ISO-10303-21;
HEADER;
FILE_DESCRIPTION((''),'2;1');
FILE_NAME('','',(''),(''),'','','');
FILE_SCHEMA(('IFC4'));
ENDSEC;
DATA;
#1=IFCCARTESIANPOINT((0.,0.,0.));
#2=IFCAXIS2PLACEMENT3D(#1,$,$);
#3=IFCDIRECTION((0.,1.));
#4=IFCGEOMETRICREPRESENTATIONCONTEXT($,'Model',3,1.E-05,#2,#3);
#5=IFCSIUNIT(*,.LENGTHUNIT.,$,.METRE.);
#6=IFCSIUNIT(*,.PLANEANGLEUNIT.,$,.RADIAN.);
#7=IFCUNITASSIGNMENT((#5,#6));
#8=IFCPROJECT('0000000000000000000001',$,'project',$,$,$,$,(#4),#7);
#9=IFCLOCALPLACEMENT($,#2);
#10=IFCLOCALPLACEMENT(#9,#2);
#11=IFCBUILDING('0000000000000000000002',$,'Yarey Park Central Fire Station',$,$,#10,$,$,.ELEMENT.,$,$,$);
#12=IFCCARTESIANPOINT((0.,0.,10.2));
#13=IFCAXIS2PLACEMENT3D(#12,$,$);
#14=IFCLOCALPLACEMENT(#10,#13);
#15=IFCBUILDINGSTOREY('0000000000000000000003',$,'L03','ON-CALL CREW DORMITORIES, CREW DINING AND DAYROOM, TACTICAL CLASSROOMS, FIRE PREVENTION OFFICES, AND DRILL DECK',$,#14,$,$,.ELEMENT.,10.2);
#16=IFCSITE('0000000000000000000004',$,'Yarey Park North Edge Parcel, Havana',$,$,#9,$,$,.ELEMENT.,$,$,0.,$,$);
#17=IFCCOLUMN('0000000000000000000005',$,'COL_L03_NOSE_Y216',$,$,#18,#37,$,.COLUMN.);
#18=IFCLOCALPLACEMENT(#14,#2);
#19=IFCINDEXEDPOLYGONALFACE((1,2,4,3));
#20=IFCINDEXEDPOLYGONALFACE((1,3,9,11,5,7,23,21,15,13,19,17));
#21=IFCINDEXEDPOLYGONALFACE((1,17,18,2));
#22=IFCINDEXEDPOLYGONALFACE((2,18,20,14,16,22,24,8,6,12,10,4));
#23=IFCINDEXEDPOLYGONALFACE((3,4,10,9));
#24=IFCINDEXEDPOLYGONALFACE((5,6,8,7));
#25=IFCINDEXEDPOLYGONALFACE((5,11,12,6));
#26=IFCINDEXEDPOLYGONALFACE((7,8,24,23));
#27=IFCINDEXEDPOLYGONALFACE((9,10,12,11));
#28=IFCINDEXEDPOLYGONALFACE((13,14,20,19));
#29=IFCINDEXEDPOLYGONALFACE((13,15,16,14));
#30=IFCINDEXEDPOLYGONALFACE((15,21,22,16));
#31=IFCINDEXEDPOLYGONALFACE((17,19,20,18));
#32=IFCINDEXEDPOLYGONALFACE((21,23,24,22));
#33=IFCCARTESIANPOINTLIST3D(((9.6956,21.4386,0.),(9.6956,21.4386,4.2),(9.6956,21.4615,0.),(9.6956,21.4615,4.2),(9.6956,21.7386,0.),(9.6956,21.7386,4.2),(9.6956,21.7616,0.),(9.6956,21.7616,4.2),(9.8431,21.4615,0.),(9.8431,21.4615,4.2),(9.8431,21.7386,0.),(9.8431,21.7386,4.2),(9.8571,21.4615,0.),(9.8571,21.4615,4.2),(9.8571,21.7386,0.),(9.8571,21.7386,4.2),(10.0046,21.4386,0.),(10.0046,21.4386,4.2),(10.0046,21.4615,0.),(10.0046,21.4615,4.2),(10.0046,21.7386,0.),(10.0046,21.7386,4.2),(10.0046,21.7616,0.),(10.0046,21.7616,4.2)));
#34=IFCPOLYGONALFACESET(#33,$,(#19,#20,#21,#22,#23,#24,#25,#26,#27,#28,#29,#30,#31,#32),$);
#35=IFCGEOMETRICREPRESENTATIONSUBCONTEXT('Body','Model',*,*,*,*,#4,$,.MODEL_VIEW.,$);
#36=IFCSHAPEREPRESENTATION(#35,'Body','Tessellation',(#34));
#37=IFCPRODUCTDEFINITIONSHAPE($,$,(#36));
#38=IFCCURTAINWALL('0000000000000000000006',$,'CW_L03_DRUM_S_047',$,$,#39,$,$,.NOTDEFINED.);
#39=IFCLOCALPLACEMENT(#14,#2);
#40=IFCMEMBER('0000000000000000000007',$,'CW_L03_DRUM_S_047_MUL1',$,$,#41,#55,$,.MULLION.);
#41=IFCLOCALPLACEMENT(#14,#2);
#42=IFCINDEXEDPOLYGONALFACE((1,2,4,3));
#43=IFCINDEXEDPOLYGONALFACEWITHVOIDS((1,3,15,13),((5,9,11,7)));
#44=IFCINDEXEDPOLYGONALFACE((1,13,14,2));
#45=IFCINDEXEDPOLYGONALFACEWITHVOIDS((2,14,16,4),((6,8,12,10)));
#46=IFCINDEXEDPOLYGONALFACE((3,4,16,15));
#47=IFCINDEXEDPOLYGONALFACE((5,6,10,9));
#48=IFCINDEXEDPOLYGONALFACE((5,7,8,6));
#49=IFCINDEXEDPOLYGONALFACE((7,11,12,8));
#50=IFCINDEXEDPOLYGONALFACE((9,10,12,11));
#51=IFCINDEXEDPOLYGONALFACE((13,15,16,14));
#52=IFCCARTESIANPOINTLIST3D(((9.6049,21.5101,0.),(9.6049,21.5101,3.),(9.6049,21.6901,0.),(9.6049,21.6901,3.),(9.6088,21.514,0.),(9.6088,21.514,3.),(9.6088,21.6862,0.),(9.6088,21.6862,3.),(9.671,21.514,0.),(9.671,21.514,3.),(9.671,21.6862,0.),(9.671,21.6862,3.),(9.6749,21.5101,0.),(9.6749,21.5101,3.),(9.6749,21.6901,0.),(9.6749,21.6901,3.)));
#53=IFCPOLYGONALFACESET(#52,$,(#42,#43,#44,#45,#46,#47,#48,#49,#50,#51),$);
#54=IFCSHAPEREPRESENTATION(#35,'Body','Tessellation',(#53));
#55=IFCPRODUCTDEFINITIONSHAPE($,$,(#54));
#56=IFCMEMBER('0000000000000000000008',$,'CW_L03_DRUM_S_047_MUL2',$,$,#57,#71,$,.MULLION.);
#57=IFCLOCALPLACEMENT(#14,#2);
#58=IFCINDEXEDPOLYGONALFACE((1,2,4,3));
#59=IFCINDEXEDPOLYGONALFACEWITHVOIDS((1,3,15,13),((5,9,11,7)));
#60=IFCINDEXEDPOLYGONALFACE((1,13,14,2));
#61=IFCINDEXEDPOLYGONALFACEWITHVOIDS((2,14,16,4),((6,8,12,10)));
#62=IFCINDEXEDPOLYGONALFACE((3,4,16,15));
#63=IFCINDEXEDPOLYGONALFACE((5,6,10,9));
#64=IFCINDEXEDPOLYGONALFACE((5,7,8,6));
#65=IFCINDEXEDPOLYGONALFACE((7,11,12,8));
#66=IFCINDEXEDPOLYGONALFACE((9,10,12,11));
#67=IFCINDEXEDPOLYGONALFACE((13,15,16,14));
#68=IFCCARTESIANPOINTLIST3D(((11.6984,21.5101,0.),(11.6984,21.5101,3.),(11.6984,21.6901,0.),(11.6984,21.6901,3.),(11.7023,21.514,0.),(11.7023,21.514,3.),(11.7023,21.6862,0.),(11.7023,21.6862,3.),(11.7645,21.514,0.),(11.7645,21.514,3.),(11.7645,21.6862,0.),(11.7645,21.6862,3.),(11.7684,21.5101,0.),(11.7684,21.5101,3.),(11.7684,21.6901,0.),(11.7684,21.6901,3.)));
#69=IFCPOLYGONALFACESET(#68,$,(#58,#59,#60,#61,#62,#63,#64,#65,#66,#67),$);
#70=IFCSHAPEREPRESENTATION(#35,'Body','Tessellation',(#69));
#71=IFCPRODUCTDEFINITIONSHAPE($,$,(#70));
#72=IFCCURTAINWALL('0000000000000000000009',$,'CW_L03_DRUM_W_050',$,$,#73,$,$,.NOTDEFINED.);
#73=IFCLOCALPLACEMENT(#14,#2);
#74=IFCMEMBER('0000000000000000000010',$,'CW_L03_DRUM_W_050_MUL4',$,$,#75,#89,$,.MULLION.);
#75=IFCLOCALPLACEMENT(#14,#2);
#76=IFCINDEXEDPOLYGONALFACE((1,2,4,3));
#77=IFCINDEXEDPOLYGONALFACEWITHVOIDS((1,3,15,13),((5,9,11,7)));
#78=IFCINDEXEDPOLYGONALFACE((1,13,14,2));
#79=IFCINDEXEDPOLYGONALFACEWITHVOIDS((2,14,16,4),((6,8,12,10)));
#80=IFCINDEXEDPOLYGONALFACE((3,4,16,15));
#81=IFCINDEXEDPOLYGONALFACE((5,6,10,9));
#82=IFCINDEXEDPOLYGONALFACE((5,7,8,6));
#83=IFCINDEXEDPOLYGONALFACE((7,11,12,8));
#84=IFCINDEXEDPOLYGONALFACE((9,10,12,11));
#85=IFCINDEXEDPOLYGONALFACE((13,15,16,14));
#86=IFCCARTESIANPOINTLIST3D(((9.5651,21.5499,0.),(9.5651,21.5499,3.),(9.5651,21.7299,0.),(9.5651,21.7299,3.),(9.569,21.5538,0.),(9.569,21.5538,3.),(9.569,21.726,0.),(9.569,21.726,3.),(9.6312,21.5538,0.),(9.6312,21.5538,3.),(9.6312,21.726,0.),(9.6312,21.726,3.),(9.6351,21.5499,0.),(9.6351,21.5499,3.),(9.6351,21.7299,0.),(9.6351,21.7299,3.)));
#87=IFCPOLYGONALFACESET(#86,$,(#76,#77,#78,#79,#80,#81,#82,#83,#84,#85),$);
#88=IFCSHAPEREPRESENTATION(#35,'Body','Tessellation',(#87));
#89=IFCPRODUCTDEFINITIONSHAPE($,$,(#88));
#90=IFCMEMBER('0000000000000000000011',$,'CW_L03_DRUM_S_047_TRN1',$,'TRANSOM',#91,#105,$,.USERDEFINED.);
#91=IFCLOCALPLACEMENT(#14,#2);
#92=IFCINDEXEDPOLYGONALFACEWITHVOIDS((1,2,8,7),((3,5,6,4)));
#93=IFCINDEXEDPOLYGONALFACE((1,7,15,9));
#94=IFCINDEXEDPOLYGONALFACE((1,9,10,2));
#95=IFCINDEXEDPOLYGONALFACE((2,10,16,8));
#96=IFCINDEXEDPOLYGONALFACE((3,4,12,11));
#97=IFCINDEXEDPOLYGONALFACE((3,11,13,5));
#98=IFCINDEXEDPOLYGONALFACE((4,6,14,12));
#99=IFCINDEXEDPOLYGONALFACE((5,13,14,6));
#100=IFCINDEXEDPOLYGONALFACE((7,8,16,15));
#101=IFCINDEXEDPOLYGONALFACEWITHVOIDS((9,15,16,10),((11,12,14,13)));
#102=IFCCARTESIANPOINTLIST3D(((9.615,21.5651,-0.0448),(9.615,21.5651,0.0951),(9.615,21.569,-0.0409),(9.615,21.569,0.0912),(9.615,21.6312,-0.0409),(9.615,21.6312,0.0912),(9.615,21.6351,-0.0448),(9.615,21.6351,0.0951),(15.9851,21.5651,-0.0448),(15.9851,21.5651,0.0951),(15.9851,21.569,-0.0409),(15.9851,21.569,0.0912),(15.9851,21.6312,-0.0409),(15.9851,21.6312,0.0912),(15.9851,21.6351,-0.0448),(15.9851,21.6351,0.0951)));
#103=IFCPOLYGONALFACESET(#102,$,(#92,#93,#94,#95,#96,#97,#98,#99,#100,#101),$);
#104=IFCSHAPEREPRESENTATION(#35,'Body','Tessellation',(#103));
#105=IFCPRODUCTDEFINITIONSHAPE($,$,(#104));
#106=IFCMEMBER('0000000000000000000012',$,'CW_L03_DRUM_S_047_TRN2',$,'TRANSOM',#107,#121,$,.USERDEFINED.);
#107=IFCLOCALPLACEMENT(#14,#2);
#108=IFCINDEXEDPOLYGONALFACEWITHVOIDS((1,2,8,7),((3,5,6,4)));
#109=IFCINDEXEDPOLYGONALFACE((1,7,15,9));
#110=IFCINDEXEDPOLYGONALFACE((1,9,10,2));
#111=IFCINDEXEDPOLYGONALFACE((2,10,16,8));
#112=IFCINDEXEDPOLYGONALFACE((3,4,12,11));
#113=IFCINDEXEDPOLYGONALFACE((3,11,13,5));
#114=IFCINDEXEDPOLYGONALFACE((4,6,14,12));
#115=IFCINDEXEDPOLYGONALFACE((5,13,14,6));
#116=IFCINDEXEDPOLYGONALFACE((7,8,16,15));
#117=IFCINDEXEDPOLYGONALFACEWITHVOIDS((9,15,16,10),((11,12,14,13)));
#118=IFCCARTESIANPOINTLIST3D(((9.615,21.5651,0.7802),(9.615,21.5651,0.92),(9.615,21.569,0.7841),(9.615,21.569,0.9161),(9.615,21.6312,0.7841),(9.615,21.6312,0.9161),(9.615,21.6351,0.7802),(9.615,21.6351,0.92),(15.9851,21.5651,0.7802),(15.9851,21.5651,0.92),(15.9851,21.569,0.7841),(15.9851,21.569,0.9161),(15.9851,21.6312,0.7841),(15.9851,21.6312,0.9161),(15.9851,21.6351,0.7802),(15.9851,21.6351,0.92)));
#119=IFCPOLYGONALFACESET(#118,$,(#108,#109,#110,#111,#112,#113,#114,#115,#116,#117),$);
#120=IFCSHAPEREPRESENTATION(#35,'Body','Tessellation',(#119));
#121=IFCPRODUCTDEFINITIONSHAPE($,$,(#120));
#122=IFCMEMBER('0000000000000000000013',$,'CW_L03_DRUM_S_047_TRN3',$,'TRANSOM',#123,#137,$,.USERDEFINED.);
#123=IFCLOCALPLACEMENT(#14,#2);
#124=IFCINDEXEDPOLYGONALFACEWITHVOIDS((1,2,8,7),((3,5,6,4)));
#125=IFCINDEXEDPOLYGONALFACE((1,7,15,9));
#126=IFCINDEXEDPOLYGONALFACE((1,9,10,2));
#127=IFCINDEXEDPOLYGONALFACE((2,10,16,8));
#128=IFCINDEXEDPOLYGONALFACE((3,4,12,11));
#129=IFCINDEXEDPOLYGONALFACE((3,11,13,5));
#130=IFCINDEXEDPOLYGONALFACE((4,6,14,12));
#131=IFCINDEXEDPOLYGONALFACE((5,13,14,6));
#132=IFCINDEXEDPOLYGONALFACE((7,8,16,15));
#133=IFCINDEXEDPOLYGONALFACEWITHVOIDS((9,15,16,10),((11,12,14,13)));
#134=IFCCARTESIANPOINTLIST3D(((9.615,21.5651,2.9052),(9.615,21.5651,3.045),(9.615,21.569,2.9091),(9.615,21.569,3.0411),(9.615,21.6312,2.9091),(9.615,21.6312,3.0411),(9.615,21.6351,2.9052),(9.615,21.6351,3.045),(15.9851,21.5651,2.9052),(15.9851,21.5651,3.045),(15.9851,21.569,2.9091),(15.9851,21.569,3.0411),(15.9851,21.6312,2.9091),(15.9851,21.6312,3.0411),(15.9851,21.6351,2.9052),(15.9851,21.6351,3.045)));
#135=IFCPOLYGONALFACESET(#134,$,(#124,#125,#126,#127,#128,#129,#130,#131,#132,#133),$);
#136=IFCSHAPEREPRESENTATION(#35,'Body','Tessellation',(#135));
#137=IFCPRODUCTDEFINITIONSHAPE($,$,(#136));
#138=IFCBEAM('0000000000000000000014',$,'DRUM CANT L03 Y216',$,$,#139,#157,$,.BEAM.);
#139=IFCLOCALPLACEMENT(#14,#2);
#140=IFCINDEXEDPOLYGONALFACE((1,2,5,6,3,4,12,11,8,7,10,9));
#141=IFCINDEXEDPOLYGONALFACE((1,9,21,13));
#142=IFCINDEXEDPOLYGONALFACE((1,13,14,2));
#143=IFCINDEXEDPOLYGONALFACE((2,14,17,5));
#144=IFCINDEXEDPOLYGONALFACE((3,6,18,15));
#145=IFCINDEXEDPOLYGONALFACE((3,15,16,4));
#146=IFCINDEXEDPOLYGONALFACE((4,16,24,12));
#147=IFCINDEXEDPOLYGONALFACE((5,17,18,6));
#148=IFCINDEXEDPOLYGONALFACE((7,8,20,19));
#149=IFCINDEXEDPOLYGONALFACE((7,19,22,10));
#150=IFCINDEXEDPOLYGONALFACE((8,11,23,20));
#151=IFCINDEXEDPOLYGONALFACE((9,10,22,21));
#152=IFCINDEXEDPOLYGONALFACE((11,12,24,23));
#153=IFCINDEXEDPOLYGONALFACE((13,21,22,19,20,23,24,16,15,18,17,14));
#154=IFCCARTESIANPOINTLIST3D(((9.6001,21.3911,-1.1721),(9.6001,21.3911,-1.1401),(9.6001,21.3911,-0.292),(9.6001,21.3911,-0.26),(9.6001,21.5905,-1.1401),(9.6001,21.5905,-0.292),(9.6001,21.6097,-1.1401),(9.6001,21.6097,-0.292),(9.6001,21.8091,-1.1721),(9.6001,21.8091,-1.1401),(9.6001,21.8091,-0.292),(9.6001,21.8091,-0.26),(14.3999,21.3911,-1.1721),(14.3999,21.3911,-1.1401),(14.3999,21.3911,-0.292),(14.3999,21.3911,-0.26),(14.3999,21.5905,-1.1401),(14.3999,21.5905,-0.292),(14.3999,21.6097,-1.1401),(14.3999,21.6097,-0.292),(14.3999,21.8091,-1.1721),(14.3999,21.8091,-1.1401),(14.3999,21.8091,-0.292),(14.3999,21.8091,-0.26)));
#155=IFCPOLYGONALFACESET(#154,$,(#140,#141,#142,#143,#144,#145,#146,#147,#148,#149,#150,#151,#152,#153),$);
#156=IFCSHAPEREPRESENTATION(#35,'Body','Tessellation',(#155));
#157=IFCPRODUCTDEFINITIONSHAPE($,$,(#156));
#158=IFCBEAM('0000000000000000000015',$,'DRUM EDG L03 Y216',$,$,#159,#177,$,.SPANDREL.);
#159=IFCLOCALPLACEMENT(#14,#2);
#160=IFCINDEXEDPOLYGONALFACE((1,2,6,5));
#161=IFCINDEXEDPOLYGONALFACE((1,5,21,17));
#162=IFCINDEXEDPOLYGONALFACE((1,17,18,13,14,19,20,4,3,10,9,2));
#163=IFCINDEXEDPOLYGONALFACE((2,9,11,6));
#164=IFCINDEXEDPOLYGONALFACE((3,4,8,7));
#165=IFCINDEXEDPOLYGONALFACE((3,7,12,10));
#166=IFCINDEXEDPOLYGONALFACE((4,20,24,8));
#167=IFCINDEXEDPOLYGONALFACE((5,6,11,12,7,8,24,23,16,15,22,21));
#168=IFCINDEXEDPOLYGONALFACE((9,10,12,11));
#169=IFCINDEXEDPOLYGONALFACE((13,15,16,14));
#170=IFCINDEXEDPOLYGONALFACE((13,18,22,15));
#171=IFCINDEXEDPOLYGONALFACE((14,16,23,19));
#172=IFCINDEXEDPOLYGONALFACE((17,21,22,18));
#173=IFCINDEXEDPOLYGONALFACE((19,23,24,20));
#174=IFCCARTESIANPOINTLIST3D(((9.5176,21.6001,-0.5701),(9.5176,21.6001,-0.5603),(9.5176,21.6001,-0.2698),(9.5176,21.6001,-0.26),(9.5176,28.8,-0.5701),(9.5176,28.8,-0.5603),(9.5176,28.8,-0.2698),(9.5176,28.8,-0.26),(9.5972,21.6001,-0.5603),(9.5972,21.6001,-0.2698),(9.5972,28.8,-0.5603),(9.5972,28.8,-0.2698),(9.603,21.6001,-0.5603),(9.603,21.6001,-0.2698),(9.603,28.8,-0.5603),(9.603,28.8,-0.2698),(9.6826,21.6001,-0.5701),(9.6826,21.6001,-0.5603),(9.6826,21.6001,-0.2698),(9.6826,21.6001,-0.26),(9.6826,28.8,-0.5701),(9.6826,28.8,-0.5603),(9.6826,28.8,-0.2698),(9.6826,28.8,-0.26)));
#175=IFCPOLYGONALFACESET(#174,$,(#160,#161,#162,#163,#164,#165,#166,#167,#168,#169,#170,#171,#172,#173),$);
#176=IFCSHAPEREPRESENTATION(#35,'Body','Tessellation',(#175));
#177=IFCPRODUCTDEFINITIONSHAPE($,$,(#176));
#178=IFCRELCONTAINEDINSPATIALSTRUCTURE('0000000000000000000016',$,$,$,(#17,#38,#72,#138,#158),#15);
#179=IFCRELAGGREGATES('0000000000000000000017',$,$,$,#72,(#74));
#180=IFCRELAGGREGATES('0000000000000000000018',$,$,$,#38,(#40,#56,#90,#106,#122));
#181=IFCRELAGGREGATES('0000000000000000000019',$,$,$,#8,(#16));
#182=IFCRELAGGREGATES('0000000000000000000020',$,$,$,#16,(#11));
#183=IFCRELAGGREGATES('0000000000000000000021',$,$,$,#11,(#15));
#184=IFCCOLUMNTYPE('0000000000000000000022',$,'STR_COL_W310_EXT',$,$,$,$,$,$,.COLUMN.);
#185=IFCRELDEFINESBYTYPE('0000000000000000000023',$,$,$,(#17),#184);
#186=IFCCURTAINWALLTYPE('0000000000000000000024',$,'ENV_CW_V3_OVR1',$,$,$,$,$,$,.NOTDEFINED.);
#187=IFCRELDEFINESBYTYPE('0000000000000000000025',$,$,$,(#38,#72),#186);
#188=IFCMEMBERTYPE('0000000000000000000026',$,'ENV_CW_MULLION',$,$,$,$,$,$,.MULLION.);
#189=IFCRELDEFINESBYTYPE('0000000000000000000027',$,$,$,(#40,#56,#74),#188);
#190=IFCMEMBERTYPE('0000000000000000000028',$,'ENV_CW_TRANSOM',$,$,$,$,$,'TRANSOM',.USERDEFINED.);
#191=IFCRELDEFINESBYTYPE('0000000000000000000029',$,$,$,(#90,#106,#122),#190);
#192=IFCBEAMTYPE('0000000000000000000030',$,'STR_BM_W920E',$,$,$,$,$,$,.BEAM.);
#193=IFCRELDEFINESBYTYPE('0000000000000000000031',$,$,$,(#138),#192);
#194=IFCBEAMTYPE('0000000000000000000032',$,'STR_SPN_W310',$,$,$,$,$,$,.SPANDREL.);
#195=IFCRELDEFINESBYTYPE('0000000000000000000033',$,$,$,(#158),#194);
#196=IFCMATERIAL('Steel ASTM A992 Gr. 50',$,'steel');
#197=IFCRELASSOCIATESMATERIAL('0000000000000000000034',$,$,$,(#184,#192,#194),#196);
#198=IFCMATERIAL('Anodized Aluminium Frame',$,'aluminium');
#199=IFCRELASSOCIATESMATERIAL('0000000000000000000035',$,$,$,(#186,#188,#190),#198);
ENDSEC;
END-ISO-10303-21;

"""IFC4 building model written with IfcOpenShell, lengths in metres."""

from ifc_helpers import new_model, si_unit, direction, frame, origin, origin_2d, place, context, subcontext, project, spatial, hollow_rectangle, i_section, extrude, material, material_profile, profile_set, type_object, element, aggregate, save


model = new_model("IFC4")

# Units and contexts
model_context = context("Model", 3, precision=1e-05, world=origin(), true_north=direction((0.0, 1.0)))
body_context = subcontext(model_context, "Body", "Model", "MODEL_VIEW")
ifc_project = project(units=[si_unit("LENGTHUNIT", "METRE"), si_unit("PLANEANGLEUNIT", "RADIAN")], contexts=[model_context])

# Site, building, storey
site_placement = place(None, origin())
site = spatial("IfcSite", under=ifc_project, at=site_placement, Name="Yarey Park North Edge Parcel, Havana", CompositionType="ELEMENT", RefElevation=0.0)
building_placement = place(site_placement, origin())
building = spatial("IfcBuilding", under=site, at=building_placement, Name="Yarey Park Central Fire Station", CompositionType="ELEMENT")
storey_placement = place(building_placement, frame((0.0, 0.0, 10.2)))
storey = spatial("IfcBuildingStorey", under=building, at=storey_placement, Name="L03", Description="ON-CALL CREW DORMITORIES, CREW DINING AND DAYROOM, TACTICAL CLASSROOMS, FIRE PREVENTION OFFICES, AND DRILL DECK", CompositionType="ELEMENT", Elevation=10.2)

# Column
ifc_material_1 = material(Name="Steel ASTM A992 Gr. 50", Category="steel")
ifc_material_profile_1 = material_profile(ifc_material_1, i_section(OverallWidth=0.3091, OverallDepth=0.323, WebThickness=0.0139, FlangeThickness=0.0229, at=origin_2d()), Name="W310x143")
ifc_profile_set_1 = profile_set([ifc_material_profile_1], Name="Steel ASTM A992 Gr. 50")
column_type = type_object("IfcColumnType", Name="STR_COL_W310_EXT", PredefinedType="COLUMN", material=ifc_profile_set_1)
column_placement = place(storey_placement, frame((9.8501, 21.6001, 0.0), z_axis=(0.0, 0.0, 1.0), x_axis=(1.0, 0.0, 0.0)))
element("IfcColumn", 1, at=column_placement, inside=storey, type_object=column_type, Name="COL_L03_NOSE_Y216", PredefinedType="COLUMN", context=body_context, shape_type="SweptSolid", body=[
    extrude(i_section(OverallWidth=0.3091, OverallDepth=0.323, WebThickness=0.0139, FlangeThickness=0.0229, at=origin_2d()), origin(), (0.0, 0.0, 1.0), 4.2),
])

# Curtain wall, members
ifc_material_2 = material(Name="Anodized Aluminium Frame", Category="aluminium")
curtain_wall_type = type_object("IfcCurtainWallType", Name="ENV_CW_V3_OVR1", PredefinedType="NOTDEFINED", material=ifc_material_2)
curtain_wall_1_placement = place(storey_placement, origin())
curtain_wall_1 = element("IfcCurtainWall", 2, at=curtain_wall_1_placement, inside=storey, type_object=curtain_wall_type, Name="CW_L03_DRUM_S_047", PredefinedType="NOTDEFINED")
ifc_material_profile_2 = material_profile(ifc_material_2, hollow_rectangle(XDim=0.0701, YDim=0.1799, WallThickness=0.0039, at=origin_2d()), Name="ALU 180x70x4")
ifc_profile_set_2 = profile_set([ifc_material_profile_2], Name="Anodized Aluminium Frame")
member_type_1 = type_object("IfcMemberType", Name="ENV_CW_MULLION", PredefinedType="MULLION", material=ifc_profile_set_2)
member_1_placement = place(storey_placement, frame((9.6399, 21.6001, 0.0), z_axis=(0.0, 0.0, 1.0), x_axis=(1.0, 0.0, 0.0)))
member_1 = element("IfcMember", 3, at=member_1_placement, type_object=member_type_1, Name="CW_L03_DRUM_S_047_MUL1", PredefinedType="MULLION", context=body_context, shape_type="SweptSolid", body=[
    extrude(hollow_rectangle(XDim=0.0701, YDim=0.1799, WallThickness=0.0039, at=origin_2d()), origin(), (0.0, 0.0, 1.0), 3.0),
])
member_2_placement = place(storey_placement, frame((11.7334, 21.6001, 0.0), z_axis=(0.0, 0.0, 1.0), x_axis=(1.0, 0.0, 0.0)))
member_2 = element("IfcMember", 4, at=member_2_placement, type_object=member_type_1, Name="CW_L03_DRUM_S_047_MUL2", PredefinedType="MULLION", context=body_context, shape_type="SweptSolid", body=[
    extrude(hollow_rectangle(XDim=0.0701, YDim=0.1799, WallThickness=0.0039, at=origin_2d()), origin(), (0.0, 0.0, 1.0), 3.0),
])

# Curtain wall, member
curtain_wall_2_placement = place(storey_placement, origin())
curtain_wall_2 = element("IfcCurtainWall", 5, at=curtain_wall_2_placement, inside=storey, type_object=curtain_wall_type, Name="CW_L03_DRUM_W_050", PredefinedType="NOTDEFINED")
member_3_placement = place(storey_placement, frame((9.6001, 21.6399, 0.0), z_axis=(0.0, 0.0, 1.0), x_axis=(1.0, 0.0, 0.0)))
member_3 = element("IfcMember", 6, at=member_3_placement, type_object=member_type_1, Name="CW_L03_DRUM_W_050_MUL4", PredefinedType="MULLION", context=body_context, shape_type="SweptSolid", body=[
    extrude(hollow_rectangle(XDim=0.0701, YDim=0.1799, WallThickness=0.0039, at=origin_2d()), origin(), (0.0, 0.0, 1.0), 3.0),
])
aggregate(curtain_wall_2, [member_3])

# Members
ifc_material_profile_3 = material_profile(ifc_material_2, hollow_rectangle(XDim=0.0701, YDim=0.1399, WallThickness=0.0039, at=origin_2d()), Name="ALU 140x70x4")
ifc_profile_set_3 = profile_set([ifc_material_profile_3], Name="Anodized Aluminium Frame")
member_type_2 = type_object("IfcMemberType", Name="ENV_CW_TRANSOM", ElementType="TRANSOM", PredefinedType="USERDEFINED", material=ifc_profile_set_3)
member_4_placement = place(storey_placement, frame((9.615, 21.6001, 0.0251), z_axis=(1.0, 0.0, 0.0), x_axis=(0.0, 1.0, 0.0)))
member_4 = element("IfcMember", 7, at=member_4_placement, type_object=member_type_2, Name="CW_L03_DRUM_S_047_TRN1", ObjectType="TRANSOM", PredefinedType="USERDEFINED", context=body_context, shape_type="SweptSolid", body=[
    extrude(hollow_rectangle(XDim=0.0701, YDim=0.1399, WallThickness=0.0039, at=origin_2d()), origin(), (0.0, 0.0, 1.0), 6.3701),
])
member_5_placement = place(storey_placement, frame((9.615, 21.6001, 0.8501), z_axis=(1.0, 0.0, 0.0), x_axis=(0.0, 1.0, 0.0)))
member_5 = element("IfcMember", 8, at=member_5_placement, type_object=member_type_2, Name="CW_L03_DRUM_S_047_TRN2", ObjectType="TRANSOM", PredefinedType="USERDEFINED", context=body_context, shape_type="SweptSolid", body=[
    extrude(hollow_rectangle(XDim=0.0701, YDim=0.1399, WallThickness=0.0039, at=origin_2d()), origin(), (0.0, 0.0, 1.0), 6.3701),
])
member_6_placement = place(storey_placement, frame((9.615, 21.6001, 2.9751), z_axis=(1.0, 0.0, 0.0), x_axis=(0.0, 1.0, 0.0)))
member_6 = element("IfcMember", 9, at=member_6_placement, type_object=member_type_2, Name="CW_L03_DRUM_S_047_TRN3", ObjectType="TRANSOM", PredefinedType="USERDEFINED", context=body_context, shape_type="SweptSolid", body=[
    extrude(hollow_rectangle(XDim=0.0701, YDim=0.1399, WallThickness=0.0039, at=origin_2d()), origin(), (0.0, 0.0, 1.0), 6.3701),
])

# Beams
ifc_material_profile_4 = material_profile(ifc_material_1, i_section(OverallWidth=0.418, OverallDepth=0.9121, WebThickness=0.0193, FlangeThickness=0.032, at=origin_2d()), Name="W920x342")
ifc_profile_set_4 = profile_set([ifc_material_profile_4], Name="Steel ASTM A992 Gr. 50")
beam_type_1 = type_object("IfcBeamType", Name="STR_BM_W920E", PredefinedType="BEAM", material=ifc_profile_set_4)
beam_1_placement = place(storey_placement, frame((9.6001, 21.6001, -0.7161), z_axis=(1.0, 0.0, 0.0), x_axis=(0.0, 1.0, 0.0)))
element("IfcBeam", 10, at=beam_1_placement, inside=storey, type_object=beam_type_1, Name="DRUM CANT L03 Y216", PredefinedType="BEAM", context=body_context, shape_type="SweptSolid", body=[
    extrude(i_section(OverallWidth=0.418, OverallDepth=0.9121, WebThickness=0.0193, FlangeThickness=0.032, at=origin_2d()), origin(), (0.0, 0.0, 1.0), 4.7998),
])
ifc_material_profile_5 = material_profile(ifc_material_1, i_section(OverallWidth=0.165, OverallDepth=0.3101, WebThickness=0.0059, FlangeThickness=0.0098, at=origin_2d()), Name="W310x39")
ifc_profile_set_5 = profile_set([ifc_material_profile_5], Name="Steel ASTM A992 Gr. 50")
beam_type_2 = type_object("IfcBeamType", Name="STR_SPN_W310", PredefinedType="SPANDREL", material=ifc_profile_set_5)
beam_2_placement = place(storey_placement, frame((9.6001, 21.6001, -0.415), z_axis=(0.0, 1.0, 0.0), x_axis=(-1.0, 0.0, 0.0)))
element("IfcBeam", 11, at=beam_2_placement, inside=storey, type_object=beam_type_2, Name="DRUM EDG L03 Y216", PredefinedType="SPANDREL", context=body_context, shape_type="SweptSolid", body=[
    extrude(i_section(OverallWidth=0.165, OverallDepth=0.3101, WebThickness=0.0059, FlangeThickness=0.0098, at=origin_2d()), origin(), (0.0, 0.0, 1.0), 7.2),
])

aggregate(curtain_wall_1, [member_1, member_2, member_4, member_5, member_6])

save(model, "model.ifc")
